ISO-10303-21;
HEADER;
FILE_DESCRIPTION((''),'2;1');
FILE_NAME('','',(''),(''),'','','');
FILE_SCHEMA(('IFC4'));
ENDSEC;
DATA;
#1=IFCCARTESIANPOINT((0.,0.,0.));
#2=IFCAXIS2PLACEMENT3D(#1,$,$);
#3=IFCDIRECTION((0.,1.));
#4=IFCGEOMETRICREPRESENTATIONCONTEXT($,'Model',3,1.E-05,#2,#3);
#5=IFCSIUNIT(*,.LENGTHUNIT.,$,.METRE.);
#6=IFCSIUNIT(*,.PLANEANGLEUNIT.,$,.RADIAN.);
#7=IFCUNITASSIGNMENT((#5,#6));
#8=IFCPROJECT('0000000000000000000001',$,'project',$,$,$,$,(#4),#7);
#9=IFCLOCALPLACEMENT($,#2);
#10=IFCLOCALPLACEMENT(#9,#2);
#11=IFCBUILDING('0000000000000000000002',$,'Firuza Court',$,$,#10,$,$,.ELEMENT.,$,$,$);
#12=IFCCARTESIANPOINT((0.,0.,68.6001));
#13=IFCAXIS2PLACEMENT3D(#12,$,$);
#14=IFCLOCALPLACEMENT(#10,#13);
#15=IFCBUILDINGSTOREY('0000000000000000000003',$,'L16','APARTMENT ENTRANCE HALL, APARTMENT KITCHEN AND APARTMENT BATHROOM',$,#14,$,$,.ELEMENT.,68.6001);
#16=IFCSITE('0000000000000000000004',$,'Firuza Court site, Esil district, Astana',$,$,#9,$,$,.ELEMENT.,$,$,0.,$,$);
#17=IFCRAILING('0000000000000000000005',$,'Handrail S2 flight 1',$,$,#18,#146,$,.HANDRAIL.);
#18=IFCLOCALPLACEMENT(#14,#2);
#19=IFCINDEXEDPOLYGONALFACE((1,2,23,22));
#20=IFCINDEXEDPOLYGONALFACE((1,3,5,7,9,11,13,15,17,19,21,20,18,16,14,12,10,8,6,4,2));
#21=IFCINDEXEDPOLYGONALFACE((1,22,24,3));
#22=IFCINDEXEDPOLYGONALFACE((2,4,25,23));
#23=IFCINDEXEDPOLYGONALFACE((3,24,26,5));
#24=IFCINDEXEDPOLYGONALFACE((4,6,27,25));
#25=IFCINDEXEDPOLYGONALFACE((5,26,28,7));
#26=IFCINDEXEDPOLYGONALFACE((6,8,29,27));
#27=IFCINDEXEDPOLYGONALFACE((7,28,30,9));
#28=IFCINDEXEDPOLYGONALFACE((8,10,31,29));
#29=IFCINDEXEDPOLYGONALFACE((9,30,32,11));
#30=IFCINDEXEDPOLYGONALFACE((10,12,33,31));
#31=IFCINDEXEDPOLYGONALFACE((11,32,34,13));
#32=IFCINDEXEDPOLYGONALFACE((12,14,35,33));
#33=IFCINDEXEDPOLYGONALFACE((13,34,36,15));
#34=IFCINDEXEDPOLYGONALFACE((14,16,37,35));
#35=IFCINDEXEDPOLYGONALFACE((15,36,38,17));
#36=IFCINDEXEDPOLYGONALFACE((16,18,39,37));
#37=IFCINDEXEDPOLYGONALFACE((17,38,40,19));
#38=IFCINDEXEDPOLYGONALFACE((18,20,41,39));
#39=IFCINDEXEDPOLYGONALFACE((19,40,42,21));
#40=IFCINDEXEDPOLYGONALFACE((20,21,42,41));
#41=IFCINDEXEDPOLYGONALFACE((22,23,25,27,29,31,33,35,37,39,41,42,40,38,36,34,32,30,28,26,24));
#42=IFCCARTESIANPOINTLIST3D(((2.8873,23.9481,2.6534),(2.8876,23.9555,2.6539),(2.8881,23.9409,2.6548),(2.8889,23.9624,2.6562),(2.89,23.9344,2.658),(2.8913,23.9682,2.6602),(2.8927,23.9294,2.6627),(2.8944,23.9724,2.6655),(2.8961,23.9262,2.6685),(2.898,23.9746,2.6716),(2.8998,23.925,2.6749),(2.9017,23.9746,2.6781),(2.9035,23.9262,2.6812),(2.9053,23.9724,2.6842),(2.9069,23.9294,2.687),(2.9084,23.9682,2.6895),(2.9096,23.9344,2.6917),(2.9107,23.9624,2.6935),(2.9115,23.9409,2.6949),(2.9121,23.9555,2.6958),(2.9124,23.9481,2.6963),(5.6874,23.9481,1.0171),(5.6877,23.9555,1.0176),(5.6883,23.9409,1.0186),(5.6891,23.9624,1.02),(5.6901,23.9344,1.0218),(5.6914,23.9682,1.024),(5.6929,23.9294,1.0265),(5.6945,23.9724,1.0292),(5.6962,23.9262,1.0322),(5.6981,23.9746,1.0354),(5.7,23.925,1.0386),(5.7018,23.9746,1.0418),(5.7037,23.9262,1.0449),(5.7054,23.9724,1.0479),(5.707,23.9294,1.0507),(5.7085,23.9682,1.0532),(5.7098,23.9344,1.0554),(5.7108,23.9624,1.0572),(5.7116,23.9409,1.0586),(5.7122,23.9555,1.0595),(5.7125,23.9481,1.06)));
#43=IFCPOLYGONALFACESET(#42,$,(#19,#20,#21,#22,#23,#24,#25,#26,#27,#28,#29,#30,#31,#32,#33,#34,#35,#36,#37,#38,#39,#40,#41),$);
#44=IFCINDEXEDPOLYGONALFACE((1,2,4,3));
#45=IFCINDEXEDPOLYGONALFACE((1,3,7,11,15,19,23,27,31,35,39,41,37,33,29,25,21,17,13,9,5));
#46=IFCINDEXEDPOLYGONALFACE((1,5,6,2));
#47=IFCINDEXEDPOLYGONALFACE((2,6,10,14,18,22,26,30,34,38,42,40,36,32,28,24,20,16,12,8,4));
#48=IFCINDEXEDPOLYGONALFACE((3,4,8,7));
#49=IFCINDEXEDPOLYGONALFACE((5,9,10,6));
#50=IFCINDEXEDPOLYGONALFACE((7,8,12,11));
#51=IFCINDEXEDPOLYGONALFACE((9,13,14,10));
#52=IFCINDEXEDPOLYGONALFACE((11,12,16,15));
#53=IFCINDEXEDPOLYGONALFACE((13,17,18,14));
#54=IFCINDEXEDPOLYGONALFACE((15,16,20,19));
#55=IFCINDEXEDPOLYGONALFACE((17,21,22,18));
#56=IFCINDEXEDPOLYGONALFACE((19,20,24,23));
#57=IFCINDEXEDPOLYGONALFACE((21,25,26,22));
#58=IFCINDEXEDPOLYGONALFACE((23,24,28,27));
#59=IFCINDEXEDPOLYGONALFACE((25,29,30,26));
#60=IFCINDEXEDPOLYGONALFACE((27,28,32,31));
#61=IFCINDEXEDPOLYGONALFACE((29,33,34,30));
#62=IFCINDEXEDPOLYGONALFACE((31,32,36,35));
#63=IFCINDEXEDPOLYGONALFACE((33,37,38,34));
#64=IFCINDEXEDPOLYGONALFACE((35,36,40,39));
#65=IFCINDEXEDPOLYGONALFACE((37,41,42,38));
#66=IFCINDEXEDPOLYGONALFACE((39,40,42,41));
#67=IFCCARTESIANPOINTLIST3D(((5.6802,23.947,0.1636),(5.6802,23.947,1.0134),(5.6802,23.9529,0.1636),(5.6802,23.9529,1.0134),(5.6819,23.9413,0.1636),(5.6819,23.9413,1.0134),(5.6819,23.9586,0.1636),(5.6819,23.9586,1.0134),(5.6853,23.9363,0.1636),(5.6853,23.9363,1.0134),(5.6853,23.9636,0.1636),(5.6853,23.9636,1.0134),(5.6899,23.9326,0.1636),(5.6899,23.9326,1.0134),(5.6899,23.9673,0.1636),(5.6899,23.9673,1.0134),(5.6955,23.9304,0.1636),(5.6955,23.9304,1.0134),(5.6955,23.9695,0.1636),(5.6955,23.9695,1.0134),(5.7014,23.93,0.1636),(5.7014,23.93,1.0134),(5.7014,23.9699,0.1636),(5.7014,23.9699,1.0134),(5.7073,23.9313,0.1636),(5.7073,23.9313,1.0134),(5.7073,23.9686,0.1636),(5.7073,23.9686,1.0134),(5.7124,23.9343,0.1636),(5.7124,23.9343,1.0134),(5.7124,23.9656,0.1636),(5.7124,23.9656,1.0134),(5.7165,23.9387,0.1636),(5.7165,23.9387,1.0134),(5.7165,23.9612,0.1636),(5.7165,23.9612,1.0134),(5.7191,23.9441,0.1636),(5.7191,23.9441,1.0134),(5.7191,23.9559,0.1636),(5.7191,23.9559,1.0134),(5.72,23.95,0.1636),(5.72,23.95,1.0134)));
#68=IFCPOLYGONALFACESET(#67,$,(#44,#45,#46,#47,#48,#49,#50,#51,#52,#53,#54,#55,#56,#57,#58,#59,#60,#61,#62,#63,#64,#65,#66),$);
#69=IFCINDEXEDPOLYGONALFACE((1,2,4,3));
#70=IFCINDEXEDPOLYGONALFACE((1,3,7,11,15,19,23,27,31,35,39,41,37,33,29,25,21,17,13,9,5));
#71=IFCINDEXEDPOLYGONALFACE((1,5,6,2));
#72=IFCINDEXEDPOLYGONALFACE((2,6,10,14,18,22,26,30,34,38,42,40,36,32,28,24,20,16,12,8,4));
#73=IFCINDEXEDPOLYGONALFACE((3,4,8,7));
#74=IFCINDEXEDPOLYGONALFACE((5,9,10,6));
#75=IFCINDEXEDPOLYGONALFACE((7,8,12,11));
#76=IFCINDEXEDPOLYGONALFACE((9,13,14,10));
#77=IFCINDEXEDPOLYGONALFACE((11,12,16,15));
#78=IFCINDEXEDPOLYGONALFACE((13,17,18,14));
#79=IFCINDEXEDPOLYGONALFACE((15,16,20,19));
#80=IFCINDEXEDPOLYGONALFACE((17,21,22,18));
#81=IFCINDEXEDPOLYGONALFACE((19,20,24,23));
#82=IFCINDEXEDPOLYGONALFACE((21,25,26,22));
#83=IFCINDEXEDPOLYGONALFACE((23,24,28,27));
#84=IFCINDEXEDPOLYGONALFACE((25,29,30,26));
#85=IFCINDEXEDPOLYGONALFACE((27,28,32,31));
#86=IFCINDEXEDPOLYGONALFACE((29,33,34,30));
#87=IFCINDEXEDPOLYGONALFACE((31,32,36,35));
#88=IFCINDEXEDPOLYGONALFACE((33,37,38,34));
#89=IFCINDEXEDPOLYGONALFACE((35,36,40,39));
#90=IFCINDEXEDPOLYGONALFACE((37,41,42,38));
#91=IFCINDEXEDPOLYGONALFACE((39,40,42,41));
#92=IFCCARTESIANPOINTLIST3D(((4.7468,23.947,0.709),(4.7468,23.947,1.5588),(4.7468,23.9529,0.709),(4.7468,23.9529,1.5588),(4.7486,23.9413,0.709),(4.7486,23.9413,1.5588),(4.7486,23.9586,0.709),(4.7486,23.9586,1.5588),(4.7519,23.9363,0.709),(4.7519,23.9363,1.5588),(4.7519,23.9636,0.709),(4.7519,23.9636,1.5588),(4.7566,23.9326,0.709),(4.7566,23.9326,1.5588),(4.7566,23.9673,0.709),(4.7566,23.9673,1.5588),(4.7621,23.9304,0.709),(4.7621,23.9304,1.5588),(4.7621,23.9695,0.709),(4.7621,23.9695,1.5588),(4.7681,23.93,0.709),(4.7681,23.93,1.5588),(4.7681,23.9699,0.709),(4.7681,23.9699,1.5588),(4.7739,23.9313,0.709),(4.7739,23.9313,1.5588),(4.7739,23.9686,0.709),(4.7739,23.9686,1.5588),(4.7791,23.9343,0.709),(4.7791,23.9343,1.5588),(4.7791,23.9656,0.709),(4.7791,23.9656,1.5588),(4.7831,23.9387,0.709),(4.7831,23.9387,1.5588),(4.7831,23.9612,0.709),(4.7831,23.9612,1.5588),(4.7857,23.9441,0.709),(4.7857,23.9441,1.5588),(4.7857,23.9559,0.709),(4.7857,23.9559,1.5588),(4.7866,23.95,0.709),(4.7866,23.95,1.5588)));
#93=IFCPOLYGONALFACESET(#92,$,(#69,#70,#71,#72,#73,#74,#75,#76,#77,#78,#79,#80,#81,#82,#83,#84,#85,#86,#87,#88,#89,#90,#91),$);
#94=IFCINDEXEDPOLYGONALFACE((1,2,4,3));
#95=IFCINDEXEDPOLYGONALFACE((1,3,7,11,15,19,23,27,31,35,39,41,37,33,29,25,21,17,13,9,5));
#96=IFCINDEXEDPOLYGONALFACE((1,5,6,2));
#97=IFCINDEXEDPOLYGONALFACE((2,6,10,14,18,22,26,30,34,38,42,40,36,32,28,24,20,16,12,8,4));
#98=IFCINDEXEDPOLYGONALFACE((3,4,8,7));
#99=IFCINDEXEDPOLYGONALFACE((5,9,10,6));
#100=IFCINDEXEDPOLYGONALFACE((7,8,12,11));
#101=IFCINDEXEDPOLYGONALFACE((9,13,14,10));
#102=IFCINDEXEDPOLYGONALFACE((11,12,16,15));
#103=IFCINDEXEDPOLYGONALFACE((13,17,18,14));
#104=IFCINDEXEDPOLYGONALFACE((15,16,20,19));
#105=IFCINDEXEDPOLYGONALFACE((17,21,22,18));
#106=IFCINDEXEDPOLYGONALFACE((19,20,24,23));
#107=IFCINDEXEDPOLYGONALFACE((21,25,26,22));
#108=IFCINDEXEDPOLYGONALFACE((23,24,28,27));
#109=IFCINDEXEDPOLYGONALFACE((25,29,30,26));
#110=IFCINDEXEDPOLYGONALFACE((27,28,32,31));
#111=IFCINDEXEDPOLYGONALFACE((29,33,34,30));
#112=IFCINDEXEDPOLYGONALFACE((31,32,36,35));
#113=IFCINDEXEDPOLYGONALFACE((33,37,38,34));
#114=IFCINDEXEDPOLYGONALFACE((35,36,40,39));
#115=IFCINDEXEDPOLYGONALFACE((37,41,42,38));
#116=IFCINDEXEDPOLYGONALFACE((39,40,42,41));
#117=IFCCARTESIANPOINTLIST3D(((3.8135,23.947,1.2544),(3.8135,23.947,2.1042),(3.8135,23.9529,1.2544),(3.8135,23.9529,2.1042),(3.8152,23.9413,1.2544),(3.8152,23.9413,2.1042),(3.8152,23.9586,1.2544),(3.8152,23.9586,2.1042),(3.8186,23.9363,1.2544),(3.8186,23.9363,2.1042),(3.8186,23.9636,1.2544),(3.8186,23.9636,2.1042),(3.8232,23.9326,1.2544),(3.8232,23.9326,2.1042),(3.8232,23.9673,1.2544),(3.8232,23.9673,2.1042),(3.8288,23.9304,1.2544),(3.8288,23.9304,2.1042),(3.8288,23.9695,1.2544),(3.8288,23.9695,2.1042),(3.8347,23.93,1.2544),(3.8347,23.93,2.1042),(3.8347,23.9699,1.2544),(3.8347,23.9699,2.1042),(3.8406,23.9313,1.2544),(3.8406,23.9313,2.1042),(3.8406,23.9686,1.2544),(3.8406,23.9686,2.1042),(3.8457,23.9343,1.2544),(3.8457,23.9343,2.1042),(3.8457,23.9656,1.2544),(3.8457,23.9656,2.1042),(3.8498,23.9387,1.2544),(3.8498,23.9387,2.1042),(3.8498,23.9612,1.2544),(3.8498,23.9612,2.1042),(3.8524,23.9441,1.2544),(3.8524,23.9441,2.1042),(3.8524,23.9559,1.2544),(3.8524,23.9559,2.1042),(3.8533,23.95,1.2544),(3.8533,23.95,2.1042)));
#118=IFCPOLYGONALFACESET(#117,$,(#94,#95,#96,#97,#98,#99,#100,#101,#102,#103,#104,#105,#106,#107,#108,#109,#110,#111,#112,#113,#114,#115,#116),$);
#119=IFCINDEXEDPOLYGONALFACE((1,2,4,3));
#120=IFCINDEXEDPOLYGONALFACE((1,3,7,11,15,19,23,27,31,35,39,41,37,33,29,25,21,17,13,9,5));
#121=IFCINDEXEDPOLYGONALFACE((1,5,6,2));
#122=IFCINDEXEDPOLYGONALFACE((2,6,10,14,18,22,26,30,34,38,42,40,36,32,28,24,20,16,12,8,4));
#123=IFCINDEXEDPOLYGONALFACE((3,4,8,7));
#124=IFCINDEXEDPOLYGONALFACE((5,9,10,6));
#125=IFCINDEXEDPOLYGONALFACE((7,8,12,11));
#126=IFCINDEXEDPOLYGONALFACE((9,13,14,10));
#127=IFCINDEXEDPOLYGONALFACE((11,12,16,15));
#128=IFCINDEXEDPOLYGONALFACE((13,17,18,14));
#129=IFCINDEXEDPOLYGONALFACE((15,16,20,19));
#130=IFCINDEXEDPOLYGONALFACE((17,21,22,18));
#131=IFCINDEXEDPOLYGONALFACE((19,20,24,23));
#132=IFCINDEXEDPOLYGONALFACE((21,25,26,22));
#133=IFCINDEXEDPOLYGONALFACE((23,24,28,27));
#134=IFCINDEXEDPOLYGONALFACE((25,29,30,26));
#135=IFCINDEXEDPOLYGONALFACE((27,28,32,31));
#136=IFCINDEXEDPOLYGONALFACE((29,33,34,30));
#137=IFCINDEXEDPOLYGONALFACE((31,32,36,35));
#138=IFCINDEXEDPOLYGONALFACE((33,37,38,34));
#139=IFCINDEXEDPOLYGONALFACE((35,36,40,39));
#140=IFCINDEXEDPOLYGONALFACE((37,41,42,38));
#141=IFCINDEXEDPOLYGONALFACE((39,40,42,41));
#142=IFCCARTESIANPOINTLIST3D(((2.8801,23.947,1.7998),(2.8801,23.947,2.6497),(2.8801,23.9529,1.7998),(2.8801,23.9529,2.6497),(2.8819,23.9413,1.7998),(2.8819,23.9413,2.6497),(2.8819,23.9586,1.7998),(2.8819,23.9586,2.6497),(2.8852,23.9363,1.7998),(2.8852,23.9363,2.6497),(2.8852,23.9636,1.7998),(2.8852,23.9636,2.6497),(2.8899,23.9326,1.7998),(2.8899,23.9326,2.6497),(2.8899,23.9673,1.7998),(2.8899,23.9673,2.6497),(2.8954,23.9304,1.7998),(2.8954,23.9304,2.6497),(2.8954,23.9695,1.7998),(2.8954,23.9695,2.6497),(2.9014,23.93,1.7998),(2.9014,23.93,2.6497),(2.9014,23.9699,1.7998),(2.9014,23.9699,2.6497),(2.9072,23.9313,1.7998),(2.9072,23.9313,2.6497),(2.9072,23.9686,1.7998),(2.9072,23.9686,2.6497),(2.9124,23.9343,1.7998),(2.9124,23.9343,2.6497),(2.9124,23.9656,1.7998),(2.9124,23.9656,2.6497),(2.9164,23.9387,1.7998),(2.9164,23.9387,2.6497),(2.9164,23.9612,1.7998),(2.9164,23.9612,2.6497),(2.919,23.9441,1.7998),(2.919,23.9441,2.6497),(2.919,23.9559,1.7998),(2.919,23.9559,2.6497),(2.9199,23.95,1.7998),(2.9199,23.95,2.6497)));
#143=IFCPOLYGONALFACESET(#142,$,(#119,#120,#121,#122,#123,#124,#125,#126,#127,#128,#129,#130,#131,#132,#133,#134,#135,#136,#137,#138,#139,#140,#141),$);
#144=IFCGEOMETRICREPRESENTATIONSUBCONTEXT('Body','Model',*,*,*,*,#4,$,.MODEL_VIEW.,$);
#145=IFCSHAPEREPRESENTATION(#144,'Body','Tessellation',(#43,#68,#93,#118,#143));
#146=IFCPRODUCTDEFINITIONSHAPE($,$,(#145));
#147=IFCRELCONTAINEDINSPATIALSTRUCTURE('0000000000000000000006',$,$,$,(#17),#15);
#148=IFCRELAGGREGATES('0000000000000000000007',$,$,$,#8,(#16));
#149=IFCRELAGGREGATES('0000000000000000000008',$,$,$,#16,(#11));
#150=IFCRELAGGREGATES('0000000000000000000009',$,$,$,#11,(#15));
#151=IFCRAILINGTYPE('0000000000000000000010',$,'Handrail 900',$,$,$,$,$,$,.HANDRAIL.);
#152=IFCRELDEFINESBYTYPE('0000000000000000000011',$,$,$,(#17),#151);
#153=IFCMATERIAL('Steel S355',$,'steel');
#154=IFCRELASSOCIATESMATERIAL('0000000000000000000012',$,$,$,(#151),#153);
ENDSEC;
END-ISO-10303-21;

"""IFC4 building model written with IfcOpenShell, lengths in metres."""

from ifc_helpers import new_model, si_unit, direction, frame, origin, origin_2d, place, context, subcontext, project, spatial, circle, extrude, material, type_object, element, save


model = new_model("IFC4")

# Units and contexts
model_context = context("Model", 3, precision=1e-05, world=origin(), true_north=direction((0.0, 1.0)))
body_context = subcontext(model_context, "Body", "Model", "MODEL_VIEW")
ifc_project = project(units=[si_unit("LENGTHUNIT", "METRE"), si_unit("PLANEANGLEUNIT", "RADIAN")], contexts=[model_context])

# Site, building, storey
site_placement = place(None, origin())
site = spatial("IfcSite", under=ifc_project, at=site_placement, Name="Firuza Court site, Esil district, Astana", CompositionType="ELEMENT", RefElevation=0.0)
building_placement = place(site_placement, origin())
building = spatial("IfcBuilding", under=site, at=building_placement, Name="Firuza Court", CompositionType="ELEMENT")
storey_placement = place(building_placement, frame((0.0, 0.0, 68.6001)))
storey = spatial("IfcBuildingStorey", under=building, at=storey_placement, Name="L16", Description="APARTMENT ENTRANCE HALL, APARTMENT KITCHEN AND APARTMENT BATHROOM", CompositionType="ELEMENT", Elevation=68.6001)

# Railing
ifc_material_1 = material(Name="Steel S355", Category="steel")
railing_type_1 = type_object("IfcRailingType", Name="Handrail 900", PredefinedType="HANDRAIL", material=ifc_material_1)
railing_1_placement = place(storey_placement, frame((5.7, 23.95, 0.1636)))
element("IfcRailing", 1, at=railing_1_placement, inside=storey, type_object=railing_type_1, Name="Handrail S2 flight 1", PredefinedType="HANDRAIL", context=body_context, shape_type="SweptSolid", body=[
    extrude(circle(Radius=0.0249, at=origin_2d()), frame((0.0, 0.0, 0.875), z_axis=(-0.863394, 0.0, 0.504531), x_axis=(0.0, -1.0, 0.0)), (0.0, 0.0, 1.0), 3.2432),
    extrude(circle(Radius=0.02, at=origin_2d()), origin(), (0.0, 0.0, 1.0), 0.8499),
    extrude(circle(Radius=0.02, at=origin_2d()), frame((-0.9333, 0.0, 0.5454)), (0.0, 0.0, 1.0), 0.8499),
    extrude(circle(Radius=0.02, at=origin_2d()), frame((-1.8667, 0.0, 1.0908)), (0.0, 0.0, 1.0), 0.8499),
    extrude(circle(Radius=0.02, at=origin_2d()), frame((-2.8, 0.0, 1.6362)), (0.0, 0.0, 1.0), 0.8499),
])

save(model, "model.ifc")
